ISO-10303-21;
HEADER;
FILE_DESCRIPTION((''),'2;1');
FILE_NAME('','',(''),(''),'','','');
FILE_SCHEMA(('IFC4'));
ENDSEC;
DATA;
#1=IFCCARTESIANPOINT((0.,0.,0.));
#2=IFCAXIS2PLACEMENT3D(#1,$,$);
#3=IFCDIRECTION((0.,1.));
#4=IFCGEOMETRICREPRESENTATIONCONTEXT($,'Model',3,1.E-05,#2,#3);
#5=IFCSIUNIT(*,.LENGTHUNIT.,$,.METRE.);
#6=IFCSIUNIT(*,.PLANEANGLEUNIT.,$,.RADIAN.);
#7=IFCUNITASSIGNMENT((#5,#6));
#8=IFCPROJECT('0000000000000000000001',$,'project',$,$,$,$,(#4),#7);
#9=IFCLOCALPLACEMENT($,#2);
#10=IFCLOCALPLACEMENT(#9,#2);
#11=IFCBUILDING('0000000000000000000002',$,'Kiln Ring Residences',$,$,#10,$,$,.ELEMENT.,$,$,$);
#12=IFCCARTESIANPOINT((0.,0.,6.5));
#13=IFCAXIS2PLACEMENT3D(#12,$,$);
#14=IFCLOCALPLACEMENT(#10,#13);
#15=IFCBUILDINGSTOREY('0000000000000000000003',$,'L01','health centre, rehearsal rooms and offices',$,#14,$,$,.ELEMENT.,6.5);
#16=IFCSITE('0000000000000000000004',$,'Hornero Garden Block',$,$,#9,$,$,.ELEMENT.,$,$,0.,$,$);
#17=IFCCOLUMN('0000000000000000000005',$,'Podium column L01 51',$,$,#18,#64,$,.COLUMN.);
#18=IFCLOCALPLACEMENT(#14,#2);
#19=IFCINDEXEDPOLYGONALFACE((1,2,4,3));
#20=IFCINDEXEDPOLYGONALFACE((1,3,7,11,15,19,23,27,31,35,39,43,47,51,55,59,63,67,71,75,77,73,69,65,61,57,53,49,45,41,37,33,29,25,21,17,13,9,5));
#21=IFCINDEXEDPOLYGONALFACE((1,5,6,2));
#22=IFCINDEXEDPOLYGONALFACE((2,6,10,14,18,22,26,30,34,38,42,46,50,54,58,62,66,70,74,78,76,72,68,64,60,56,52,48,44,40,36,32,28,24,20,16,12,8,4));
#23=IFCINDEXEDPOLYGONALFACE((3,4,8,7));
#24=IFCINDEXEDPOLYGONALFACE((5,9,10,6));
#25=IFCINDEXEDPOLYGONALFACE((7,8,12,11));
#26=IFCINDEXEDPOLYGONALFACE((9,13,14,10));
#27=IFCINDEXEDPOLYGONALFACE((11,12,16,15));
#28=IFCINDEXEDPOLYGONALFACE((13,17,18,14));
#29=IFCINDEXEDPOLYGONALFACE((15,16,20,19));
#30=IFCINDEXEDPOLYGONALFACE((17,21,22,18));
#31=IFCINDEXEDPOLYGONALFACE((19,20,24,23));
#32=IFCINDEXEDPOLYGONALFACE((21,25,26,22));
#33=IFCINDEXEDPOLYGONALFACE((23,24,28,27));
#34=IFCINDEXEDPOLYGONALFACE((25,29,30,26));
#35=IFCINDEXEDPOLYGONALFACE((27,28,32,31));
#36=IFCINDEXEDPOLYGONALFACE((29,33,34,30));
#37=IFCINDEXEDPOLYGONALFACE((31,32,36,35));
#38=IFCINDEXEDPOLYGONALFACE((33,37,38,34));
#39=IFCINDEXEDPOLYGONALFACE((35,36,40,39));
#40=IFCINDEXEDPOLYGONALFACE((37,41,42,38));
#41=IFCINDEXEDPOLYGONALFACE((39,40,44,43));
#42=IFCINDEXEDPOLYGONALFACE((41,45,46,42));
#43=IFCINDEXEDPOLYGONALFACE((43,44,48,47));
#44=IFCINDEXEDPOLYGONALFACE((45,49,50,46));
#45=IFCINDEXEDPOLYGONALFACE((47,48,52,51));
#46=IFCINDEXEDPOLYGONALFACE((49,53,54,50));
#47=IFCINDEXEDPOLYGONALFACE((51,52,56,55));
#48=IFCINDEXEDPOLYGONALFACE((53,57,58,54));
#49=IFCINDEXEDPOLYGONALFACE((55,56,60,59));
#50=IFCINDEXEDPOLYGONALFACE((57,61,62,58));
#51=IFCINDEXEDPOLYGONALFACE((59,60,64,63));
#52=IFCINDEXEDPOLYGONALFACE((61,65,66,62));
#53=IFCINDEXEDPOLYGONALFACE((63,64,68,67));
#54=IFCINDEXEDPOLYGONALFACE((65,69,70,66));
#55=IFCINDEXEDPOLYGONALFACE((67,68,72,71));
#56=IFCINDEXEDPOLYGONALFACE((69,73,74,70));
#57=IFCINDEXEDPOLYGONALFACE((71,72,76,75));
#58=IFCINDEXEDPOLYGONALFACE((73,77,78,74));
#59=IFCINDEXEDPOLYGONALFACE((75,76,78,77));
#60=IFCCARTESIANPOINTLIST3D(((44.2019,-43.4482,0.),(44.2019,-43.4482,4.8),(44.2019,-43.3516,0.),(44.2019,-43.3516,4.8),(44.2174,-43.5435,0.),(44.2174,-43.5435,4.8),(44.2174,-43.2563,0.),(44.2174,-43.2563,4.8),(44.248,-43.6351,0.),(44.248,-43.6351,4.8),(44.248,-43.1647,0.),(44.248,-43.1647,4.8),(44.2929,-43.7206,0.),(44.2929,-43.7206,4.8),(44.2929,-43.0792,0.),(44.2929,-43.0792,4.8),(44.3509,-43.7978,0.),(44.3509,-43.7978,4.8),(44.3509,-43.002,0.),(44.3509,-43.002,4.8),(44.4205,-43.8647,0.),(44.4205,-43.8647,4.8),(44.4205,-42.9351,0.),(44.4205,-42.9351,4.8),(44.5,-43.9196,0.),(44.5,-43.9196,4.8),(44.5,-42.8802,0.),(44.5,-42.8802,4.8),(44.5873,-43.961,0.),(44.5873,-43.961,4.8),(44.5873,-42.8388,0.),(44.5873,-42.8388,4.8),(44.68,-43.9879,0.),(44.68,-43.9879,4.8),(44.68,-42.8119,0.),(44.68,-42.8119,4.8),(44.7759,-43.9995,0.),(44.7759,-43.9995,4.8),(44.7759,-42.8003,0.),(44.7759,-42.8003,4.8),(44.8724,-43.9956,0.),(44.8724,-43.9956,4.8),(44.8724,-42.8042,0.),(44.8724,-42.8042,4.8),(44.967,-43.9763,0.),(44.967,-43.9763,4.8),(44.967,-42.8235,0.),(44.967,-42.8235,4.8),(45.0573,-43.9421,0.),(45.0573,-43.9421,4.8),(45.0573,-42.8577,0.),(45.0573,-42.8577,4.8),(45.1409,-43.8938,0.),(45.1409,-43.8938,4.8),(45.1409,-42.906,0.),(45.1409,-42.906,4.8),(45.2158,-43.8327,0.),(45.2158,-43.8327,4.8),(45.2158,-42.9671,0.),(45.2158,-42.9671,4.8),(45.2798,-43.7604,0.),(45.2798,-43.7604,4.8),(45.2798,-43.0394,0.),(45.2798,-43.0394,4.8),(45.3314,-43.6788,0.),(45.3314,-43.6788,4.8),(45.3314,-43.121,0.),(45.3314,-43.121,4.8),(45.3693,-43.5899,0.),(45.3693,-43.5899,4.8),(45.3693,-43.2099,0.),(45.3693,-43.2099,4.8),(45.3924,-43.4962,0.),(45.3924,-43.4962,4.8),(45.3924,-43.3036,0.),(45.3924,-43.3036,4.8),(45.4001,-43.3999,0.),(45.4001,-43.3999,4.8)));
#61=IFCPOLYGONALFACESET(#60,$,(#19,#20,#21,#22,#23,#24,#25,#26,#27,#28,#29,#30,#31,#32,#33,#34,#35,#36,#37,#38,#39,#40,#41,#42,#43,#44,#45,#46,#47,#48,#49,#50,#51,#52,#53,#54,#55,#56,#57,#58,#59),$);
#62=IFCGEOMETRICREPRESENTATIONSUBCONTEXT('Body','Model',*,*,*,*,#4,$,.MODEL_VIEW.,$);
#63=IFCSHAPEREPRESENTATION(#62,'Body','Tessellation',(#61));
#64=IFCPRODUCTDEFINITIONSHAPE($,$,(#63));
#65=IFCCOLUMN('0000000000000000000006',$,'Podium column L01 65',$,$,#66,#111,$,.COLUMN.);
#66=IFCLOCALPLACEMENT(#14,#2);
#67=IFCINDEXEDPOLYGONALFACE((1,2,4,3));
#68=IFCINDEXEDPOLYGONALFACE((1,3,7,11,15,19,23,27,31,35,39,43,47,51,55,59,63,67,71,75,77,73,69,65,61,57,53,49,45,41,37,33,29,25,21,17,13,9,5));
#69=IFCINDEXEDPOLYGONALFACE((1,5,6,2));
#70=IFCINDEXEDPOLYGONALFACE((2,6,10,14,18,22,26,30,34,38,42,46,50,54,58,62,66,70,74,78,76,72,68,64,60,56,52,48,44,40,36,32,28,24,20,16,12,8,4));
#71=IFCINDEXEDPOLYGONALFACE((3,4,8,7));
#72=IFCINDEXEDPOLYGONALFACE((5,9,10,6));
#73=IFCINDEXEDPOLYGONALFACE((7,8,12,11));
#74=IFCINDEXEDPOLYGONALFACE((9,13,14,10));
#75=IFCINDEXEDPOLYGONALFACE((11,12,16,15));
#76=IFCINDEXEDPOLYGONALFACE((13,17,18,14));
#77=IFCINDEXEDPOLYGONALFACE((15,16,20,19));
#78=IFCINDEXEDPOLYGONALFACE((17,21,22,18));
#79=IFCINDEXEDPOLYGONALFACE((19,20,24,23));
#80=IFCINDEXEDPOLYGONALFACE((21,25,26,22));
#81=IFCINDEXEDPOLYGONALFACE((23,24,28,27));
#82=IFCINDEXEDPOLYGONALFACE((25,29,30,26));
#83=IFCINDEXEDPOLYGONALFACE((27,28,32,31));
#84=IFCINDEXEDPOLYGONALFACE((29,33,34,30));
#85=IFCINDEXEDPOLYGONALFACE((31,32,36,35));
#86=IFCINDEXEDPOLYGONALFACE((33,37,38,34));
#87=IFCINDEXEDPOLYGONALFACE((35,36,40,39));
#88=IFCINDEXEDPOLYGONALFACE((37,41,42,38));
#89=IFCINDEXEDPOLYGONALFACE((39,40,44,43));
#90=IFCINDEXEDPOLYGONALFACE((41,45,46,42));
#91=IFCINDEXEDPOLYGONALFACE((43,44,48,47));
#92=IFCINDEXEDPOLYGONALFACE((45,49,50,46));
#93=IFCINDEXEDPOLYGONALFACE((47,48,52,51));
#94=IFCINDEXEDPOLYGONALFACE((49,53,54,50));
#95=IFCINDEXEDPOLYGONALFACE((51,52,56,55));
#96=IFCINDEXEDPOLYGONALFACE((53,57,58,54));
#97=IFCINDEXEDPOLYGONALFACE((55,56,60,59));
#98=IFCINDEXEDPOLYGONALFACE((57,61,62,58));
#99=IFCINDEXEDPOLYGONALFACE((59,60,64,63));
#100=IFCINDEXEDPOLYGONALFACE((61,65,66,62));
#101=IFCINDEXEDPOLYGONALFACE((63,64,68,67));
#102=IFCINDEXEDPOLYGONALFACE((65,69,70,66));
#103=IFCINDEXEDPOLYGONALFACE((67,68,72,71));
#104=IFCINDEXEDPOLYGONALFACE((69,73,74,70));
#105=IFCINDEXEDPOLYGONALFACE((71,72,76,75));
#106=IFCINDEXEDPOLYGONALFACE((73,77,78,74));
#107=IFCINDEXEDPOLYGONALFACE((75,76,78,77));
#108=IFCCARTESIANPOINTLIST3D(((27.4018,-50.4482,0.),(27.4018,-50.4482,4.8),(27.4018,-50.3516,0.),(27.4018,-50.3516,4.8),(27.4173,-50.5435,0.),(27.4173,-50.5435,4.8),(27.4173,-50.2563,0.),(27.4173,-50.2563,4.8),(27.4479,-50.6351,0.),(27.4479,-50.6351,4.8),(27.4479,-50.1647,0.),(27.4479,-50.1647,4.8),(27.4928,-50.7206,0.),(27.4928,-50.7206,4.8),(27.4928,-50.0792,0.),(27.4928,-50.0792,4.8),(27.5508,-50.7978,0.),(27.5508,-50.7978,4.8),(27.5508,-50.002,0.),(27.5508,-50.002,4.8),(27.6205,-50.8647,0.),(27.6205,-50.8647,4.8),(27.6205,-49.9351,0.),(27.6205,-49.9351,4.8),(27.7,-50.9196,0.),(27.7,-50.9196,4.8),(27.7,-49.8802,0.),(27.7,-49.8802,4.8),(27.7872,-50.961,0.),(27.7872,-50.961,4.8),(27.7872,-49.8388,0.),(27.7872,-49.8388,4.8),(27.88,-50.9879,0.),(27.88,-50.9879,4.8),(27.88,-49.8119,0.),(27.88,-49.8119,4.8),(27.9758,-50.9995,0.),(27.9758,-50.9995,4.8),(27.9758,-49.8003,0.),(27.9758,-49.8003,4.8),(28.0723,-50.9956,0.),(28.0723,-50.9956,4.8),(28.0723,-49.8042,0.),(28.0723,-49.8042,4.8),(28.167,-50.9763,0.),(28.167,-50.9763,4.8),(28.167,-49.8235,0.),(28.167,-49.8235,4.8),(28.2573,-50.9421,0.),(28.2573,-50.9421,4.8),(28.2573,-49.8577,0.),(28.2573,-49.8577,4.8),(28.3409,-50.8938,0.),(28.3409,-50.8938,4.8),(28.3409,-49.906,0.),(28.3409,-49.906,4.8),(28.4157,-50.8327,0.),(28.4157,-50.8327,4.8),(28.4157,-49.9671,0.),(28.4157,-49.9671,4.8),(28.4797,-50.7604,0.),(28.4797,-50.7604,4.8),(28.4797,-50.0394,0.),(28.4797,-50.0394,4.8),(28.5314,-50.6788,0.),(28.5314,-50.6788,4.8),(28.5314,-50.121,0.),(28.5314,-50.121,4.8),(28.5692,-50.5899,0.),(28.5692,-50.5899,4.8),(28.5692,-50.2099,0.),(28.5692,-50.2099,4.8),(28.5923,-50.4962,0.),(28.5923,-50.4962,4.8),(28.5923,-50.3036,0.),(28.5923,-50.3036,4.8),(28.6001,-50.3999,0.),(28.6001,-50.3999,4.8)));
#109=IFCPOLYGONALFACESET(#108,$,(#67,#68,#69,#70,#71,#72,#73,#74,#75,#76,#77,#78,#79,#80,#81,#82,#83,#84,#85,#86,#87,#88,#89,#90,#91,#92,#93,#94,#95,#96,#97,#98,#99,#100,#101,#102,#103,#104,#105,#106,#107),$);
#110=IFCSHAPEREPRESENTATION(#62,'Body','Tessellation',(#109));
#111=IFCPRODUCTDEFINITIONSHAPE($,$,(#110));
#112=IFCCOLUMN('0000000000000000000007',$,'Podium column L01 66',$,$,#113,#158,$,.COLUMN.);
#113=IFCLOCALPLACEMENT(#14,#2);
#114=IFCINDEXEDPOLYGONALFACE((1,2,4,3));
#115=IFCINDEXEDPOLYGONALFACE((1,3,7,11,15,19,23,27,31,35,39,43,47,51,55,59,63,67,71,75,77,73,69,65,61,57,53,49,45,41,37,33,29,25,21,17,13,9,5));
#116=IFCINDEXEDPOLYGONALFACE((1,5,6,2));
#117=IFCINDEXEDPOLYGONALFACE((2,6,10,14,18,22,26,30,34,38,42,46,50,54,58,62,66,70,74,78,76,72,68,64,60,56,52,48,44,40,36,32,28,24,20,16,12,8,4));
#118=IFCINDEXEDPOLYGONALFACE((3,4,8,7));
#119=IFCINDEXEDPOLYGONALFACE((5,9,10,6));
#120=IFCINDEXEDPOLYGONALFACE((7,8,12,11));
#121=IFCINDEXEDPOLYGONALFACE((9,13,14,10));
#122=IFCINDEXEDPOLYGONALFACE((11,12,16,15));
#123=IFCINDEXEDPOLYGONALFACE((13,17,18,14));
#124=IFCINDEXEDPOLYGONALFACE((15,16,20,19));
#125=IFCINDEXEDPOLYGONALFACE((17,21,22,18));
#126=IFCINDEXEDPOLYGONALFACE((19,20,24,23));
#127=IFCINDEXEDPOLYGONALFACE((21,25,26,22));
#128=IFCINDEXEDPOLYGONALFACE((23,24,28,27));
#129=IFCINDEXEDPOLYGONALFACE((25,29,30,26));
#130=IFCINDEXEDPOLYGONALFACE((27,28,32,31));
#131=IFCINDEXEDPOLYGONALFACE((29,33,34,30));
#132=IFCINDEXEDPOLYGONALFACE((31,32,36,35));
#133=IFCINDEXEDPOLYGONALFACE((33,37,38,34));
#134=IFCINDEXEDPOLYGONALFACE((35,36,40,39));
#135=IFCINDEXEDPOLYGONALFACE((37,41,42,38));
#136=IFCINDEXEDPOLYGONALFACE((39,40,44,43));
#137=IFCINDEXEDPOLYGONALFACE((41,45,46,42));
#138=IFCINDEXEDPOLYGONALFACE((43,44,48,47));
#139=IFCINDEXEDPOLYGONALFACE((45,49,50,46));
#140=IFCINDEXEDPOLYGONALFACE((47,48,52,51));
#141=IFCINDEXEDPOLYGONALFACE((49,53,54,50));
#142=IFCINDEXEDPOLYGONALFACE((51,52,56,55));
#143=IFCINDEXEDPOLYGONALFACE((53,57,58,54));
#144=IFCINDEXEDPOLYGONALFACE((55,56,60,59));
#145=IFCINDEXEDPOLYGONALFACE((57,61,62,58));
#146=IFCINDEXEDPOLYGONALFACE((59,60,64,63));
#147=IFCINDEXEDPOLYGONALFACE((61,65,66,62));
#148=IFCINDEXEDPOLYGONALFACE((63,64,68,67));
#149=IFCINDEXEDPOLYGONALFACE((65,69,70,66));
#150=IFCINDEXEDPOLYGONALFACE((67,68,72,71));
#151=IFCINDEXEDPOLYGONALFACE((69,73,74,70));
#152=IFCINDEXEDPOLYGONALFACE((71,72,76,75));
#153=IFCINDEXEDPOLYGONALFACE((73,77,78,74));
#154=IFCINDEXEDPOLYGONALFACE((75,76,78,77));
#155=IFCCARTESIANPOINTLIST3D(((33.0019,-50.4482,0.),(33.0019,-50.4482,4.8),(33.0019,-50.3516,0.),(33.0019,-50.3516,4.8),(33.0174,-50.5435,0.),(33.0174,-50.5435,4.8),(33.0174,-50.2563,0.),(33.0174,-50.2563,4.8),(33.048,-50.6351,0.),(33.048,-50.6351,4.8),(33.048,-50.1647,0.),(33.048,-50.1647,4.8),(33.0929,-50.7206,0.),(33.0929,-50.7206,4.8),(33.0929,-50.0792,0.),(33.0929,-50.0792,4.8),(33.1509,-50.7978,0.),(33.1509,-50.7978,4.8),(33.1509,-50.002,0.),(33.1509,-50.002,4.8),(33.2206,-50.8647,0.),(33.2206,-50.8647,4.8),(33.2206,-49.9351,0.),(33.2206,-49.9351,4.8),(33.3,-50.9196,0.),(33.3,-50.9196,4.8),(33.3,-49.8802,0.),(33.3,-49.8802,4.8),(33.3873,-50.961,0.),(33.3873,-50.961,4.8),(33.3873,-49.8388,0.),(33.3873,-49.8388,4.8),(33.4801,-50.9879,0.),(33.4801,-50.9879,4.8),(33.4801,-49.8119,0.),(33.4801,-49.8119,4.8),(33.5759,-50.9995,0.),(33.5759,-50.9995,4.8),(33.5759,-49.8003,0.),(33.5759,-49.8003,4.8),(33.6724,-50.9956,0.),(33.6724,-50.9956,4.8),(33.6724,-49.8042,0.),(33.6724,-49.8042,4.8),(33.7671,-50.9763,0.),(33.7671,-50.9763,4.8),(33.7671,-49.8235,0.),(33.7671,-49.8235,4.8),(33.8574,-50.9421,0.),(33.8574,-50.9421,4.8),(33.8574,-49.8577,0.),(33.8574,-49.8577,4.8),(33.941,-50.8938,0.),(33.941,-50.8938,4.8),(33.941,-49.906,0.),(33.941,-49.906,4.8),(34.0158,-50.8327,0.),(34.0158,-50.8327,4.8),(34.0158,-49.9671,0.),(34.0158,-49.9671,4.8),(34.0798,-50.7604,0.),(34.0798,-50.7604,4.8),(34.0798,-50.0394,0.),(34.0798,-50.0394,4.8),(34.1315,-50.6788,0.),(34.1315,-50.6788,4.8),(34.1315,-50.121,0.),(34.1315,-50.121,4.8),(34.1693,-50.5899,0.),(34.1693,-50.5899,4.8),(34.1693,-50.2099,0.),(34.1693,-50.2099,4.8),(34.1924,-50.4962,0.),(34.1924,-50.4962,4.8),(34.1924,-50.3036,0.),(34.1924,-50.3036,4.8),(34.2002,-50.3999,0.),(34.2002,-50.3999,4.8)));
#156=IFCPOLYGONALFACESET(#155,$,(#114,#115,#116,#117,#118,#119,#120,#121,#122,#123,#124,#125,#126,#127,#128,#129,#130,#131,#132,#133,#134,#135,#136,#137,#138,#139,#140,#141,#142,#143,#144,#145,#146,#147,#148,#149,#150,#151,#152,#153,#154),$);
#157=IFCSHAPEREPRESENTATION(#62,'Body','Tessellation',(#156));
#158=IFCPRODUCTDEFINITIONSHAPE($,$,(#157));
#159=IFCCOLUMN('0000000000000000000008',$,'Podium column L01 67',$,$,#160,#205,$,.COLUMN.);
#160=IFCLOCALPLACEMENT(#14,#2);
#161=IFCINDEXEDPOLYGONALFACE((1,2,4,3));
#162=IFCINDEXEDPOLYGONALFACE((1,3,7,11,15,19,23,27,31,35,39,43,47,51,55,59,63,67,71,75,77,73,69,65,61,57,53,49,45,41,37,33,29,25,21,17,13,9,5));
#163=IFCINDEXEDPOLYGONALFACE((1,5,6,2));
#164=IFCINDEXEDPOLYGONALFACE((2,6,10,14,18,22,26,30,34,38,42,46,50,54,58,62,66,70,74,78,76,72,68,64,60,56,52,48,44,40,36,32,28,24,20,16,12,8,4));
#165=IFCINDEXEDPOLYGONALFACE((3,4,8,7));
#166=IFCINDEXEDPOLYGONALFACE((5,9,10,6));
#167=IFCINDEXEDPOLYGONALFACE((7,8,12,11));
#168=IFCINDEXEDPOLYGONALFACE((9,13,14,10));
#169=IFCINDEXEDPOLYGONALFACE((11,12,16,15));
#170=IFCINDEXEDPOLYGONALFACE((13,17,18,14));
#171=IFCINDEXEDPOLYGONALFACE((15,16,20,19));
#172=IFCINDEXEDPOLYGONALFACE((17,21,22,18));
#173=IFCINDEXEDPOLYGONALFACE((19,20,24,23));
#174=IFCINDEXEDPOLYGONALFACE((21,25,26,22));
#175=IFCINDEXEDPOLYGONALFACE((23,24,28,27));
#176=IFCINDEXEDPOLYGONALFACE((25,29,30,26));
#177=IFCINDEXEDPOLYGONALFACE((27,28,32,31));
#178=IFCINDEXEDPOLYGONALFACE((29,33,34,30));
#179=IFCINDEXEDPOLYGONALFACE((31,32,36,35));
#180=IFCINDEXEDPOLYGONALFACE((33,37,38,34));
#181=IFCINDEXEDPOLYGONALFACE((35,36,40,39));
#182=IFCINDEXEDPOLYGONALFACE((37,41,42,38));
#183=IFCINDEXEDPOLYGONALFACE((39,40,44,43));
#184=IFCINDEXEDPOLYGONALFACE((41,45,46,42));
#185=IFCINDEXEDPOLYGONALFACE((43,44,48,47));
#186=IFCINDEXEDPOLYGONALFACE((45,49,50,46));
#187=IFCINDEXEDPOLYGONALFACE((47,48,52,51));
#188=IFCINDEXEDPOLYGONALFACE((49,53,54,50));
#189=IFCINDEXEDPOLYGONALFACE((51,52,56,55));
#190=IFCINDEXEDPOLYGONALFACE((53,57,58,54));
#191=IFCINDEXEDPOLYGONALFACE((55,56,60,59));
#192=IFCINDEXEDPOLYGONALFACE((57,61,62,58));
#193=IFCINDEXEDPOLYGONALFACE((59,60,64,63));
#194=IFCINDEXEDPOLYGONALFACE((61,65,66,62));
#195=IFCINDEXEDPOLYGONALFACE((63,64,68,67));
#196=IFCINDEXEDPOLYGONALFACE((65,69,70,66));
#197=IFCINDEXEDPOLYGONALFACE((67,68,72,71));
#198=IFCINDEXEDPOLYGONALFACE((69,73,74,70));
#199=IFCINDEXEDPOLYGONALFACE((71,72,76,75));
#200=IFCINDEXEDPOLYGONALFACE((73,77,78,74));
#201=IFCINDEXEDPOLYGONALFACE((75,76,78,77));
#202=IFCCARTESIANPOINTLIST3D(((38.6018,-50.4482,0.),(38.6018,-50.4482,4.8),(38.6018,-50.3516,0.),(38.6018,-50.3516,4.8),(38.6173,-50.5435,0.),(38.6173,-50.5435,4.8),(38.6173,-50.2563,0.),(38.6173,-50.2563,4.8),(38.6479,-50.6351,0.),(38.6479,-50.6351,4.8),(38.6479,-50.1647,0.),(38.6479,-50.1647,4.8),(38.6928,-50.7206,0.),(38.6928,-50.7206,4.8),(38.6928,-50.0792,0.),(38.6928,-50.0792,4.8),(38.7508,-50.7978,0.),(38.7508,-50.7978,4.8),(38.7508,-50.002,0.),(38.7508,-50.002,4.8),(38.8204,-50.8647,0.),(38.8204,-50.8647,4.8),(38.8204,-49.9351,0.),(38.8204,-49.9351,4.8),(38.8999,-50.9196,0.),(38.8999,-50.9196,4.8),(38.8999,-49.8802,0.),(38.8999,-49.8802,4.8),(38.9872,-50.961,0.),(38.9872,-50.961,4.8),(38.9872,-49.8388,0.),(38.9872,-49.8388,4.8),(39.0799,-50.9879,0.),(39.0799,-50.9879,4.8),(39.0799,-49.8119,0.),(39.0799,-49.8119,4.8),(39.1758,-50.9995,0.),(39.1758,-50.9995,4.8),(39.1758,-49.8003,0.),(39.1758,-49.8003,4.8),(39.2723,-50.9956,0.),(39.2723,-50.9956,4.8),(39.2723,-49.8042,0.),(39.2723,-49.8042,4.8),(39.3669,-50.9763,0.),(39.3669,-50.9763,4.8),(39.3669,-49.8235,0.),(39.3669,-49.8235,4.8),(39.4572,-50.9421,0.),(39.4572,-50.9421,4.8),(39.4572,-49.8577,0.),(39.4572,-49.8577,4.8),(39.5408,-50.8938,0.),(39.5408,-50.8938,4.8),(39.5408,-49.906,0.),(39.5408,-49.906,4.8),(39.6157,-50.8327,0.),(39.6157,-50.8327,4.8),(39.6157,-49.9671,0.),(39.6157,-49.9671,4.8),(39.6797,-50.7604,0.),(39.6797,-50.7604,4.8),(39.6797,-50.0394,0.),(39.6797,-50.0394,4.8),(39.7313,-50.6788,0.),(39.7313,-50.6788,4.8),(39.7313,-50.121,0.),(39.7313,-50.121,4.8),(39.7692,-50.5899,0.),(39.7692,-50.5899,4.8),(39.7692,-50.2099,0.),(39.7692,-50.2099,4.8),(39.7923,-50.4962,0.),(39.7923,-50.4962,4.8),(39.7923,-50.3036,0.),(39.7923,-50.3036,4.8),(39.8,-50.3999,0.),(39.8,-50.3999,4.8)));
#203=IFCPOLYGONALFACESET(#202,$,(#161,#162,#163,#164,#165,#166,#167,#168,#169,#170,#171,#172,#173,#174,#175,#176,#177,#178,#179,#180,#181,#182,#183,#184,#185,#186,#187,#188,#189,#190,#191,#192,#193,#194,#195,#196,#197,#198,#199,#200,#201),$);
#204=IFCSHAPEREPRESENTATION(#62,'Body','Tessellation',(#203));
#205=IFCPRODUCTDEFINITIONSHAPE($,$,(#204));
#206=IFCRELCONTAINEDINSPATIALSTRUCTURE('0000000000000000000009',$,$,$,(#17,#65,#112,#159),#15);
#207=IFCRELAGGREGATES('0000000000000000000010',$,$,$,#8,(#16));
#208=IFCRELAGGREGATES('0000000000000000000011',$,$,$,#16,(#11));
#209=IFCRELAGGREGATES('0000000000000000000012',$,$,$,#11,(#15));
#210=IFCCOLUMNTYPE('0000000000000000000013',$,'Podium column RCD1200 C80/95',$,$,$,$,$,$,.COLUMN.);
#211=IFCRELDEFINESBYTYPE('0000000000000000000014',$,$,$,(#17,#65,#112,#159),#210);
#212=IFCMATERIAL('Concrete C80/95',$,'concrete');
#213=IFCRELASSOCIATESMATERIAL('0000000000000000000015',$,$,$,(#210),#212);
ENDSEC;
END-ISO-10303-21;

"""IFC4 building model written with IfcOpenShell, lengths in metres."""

from ifc_helpers import new_model, si_unit, direction, frame, origin, origin_2d, place, context, subcontext, project, spatial, circle, extrude, material, material_profile, profile_set, type_object, element, save


model = new_model("IFC4")

# Units and contexts
model_context = context("Model", 3, precision=1e-05, world=origin(), true_north=direction((0.0, 1.0)))
body_context = subcontext(model_context, "Body", "Model", "MODEL_VIEW")
ifc_project = project(units=[si_unit("LENGTHUNIT", "METRE"), si_unit("PLANEANGLEUNIT", "RADIAN")], contexts=[model_context])

# Site, building, storey
site_placement = place(None, origin())
site = spatial("IfcSite", under=ifc_project, at=site_placement, Name="Hornero Garden Block", CompositionType="ELEMENT", RefElevation=0.0)
building_placement = place(site_placement, origin())
building = spatial("IfcBuilding", under=site, at=building_placement, Name="Kiln Ring Residences", CompositionType="ELEMENT")
storey_placement = place(building_placement, frame((0.0, 0.0, 6.5)))
storey = spatial("IfcBuildingStorey", under=building, at=storey_placement, Name="L01", Description="health centre, rehearsal rooms and offices", CompositionType="ELEMENT", Elevation=6.5)

# Columns
ifc_material_1 = material(Name="Concrete C80/95", Category="concrete")
ifc_material_profile_1 = material_profile(ifc_material_1, circle(Radius=0.6001, at=origin_2d()), Name="RCD1200")
ifc_profile_set_1 = profile_set([ifc_material_profile_1], Name="Concrete C80/95")
column_type = type_object("IfcColumnType", Name="Podium column RCD1200 C80/95", PredefinedType="COLUMN", material=ifc_profile_set_1)
for number, where, z_axis, x_axis, name in (
    (1, (44.8, -43.3999, 0.0), (0.0, 0.0, 1.0), (1.0, 0.0, 0.0), "Podium column L01 51"),
    (2, (28.0, -50.3999, 0.0), (0.0, 0.0, 1.0), (1.0, 0.0, 0.0), "Podium column L01 65"),
    (3, (33.6001, -50.3999, 0.0), (0.0, 0.0, 1.0), (1.0, 0.0, 0.0), "Podium column L01 66"),
    (4, (39.2, -50.3999, 0.0), (0.0, 0.0, 1.0), (1.0, 0.0, 0.0), "Podium column L01 67"),
):
    element("IfcColumn", number, at=place(storey_placement, frame(where, z_axis=z_axis, x_axis=x_axis)), inside=storey, type_object=column_type, Name=name, PredefinedType="COLUMN", context=body_context, shape_type="SweptSolid", body=[
        extrude(circle(Radius=0.6001, at=origin_2d()), origin(), (0.0, 0.0, 1.0), 4.8),
    ])

save(model, "model.ifc")
